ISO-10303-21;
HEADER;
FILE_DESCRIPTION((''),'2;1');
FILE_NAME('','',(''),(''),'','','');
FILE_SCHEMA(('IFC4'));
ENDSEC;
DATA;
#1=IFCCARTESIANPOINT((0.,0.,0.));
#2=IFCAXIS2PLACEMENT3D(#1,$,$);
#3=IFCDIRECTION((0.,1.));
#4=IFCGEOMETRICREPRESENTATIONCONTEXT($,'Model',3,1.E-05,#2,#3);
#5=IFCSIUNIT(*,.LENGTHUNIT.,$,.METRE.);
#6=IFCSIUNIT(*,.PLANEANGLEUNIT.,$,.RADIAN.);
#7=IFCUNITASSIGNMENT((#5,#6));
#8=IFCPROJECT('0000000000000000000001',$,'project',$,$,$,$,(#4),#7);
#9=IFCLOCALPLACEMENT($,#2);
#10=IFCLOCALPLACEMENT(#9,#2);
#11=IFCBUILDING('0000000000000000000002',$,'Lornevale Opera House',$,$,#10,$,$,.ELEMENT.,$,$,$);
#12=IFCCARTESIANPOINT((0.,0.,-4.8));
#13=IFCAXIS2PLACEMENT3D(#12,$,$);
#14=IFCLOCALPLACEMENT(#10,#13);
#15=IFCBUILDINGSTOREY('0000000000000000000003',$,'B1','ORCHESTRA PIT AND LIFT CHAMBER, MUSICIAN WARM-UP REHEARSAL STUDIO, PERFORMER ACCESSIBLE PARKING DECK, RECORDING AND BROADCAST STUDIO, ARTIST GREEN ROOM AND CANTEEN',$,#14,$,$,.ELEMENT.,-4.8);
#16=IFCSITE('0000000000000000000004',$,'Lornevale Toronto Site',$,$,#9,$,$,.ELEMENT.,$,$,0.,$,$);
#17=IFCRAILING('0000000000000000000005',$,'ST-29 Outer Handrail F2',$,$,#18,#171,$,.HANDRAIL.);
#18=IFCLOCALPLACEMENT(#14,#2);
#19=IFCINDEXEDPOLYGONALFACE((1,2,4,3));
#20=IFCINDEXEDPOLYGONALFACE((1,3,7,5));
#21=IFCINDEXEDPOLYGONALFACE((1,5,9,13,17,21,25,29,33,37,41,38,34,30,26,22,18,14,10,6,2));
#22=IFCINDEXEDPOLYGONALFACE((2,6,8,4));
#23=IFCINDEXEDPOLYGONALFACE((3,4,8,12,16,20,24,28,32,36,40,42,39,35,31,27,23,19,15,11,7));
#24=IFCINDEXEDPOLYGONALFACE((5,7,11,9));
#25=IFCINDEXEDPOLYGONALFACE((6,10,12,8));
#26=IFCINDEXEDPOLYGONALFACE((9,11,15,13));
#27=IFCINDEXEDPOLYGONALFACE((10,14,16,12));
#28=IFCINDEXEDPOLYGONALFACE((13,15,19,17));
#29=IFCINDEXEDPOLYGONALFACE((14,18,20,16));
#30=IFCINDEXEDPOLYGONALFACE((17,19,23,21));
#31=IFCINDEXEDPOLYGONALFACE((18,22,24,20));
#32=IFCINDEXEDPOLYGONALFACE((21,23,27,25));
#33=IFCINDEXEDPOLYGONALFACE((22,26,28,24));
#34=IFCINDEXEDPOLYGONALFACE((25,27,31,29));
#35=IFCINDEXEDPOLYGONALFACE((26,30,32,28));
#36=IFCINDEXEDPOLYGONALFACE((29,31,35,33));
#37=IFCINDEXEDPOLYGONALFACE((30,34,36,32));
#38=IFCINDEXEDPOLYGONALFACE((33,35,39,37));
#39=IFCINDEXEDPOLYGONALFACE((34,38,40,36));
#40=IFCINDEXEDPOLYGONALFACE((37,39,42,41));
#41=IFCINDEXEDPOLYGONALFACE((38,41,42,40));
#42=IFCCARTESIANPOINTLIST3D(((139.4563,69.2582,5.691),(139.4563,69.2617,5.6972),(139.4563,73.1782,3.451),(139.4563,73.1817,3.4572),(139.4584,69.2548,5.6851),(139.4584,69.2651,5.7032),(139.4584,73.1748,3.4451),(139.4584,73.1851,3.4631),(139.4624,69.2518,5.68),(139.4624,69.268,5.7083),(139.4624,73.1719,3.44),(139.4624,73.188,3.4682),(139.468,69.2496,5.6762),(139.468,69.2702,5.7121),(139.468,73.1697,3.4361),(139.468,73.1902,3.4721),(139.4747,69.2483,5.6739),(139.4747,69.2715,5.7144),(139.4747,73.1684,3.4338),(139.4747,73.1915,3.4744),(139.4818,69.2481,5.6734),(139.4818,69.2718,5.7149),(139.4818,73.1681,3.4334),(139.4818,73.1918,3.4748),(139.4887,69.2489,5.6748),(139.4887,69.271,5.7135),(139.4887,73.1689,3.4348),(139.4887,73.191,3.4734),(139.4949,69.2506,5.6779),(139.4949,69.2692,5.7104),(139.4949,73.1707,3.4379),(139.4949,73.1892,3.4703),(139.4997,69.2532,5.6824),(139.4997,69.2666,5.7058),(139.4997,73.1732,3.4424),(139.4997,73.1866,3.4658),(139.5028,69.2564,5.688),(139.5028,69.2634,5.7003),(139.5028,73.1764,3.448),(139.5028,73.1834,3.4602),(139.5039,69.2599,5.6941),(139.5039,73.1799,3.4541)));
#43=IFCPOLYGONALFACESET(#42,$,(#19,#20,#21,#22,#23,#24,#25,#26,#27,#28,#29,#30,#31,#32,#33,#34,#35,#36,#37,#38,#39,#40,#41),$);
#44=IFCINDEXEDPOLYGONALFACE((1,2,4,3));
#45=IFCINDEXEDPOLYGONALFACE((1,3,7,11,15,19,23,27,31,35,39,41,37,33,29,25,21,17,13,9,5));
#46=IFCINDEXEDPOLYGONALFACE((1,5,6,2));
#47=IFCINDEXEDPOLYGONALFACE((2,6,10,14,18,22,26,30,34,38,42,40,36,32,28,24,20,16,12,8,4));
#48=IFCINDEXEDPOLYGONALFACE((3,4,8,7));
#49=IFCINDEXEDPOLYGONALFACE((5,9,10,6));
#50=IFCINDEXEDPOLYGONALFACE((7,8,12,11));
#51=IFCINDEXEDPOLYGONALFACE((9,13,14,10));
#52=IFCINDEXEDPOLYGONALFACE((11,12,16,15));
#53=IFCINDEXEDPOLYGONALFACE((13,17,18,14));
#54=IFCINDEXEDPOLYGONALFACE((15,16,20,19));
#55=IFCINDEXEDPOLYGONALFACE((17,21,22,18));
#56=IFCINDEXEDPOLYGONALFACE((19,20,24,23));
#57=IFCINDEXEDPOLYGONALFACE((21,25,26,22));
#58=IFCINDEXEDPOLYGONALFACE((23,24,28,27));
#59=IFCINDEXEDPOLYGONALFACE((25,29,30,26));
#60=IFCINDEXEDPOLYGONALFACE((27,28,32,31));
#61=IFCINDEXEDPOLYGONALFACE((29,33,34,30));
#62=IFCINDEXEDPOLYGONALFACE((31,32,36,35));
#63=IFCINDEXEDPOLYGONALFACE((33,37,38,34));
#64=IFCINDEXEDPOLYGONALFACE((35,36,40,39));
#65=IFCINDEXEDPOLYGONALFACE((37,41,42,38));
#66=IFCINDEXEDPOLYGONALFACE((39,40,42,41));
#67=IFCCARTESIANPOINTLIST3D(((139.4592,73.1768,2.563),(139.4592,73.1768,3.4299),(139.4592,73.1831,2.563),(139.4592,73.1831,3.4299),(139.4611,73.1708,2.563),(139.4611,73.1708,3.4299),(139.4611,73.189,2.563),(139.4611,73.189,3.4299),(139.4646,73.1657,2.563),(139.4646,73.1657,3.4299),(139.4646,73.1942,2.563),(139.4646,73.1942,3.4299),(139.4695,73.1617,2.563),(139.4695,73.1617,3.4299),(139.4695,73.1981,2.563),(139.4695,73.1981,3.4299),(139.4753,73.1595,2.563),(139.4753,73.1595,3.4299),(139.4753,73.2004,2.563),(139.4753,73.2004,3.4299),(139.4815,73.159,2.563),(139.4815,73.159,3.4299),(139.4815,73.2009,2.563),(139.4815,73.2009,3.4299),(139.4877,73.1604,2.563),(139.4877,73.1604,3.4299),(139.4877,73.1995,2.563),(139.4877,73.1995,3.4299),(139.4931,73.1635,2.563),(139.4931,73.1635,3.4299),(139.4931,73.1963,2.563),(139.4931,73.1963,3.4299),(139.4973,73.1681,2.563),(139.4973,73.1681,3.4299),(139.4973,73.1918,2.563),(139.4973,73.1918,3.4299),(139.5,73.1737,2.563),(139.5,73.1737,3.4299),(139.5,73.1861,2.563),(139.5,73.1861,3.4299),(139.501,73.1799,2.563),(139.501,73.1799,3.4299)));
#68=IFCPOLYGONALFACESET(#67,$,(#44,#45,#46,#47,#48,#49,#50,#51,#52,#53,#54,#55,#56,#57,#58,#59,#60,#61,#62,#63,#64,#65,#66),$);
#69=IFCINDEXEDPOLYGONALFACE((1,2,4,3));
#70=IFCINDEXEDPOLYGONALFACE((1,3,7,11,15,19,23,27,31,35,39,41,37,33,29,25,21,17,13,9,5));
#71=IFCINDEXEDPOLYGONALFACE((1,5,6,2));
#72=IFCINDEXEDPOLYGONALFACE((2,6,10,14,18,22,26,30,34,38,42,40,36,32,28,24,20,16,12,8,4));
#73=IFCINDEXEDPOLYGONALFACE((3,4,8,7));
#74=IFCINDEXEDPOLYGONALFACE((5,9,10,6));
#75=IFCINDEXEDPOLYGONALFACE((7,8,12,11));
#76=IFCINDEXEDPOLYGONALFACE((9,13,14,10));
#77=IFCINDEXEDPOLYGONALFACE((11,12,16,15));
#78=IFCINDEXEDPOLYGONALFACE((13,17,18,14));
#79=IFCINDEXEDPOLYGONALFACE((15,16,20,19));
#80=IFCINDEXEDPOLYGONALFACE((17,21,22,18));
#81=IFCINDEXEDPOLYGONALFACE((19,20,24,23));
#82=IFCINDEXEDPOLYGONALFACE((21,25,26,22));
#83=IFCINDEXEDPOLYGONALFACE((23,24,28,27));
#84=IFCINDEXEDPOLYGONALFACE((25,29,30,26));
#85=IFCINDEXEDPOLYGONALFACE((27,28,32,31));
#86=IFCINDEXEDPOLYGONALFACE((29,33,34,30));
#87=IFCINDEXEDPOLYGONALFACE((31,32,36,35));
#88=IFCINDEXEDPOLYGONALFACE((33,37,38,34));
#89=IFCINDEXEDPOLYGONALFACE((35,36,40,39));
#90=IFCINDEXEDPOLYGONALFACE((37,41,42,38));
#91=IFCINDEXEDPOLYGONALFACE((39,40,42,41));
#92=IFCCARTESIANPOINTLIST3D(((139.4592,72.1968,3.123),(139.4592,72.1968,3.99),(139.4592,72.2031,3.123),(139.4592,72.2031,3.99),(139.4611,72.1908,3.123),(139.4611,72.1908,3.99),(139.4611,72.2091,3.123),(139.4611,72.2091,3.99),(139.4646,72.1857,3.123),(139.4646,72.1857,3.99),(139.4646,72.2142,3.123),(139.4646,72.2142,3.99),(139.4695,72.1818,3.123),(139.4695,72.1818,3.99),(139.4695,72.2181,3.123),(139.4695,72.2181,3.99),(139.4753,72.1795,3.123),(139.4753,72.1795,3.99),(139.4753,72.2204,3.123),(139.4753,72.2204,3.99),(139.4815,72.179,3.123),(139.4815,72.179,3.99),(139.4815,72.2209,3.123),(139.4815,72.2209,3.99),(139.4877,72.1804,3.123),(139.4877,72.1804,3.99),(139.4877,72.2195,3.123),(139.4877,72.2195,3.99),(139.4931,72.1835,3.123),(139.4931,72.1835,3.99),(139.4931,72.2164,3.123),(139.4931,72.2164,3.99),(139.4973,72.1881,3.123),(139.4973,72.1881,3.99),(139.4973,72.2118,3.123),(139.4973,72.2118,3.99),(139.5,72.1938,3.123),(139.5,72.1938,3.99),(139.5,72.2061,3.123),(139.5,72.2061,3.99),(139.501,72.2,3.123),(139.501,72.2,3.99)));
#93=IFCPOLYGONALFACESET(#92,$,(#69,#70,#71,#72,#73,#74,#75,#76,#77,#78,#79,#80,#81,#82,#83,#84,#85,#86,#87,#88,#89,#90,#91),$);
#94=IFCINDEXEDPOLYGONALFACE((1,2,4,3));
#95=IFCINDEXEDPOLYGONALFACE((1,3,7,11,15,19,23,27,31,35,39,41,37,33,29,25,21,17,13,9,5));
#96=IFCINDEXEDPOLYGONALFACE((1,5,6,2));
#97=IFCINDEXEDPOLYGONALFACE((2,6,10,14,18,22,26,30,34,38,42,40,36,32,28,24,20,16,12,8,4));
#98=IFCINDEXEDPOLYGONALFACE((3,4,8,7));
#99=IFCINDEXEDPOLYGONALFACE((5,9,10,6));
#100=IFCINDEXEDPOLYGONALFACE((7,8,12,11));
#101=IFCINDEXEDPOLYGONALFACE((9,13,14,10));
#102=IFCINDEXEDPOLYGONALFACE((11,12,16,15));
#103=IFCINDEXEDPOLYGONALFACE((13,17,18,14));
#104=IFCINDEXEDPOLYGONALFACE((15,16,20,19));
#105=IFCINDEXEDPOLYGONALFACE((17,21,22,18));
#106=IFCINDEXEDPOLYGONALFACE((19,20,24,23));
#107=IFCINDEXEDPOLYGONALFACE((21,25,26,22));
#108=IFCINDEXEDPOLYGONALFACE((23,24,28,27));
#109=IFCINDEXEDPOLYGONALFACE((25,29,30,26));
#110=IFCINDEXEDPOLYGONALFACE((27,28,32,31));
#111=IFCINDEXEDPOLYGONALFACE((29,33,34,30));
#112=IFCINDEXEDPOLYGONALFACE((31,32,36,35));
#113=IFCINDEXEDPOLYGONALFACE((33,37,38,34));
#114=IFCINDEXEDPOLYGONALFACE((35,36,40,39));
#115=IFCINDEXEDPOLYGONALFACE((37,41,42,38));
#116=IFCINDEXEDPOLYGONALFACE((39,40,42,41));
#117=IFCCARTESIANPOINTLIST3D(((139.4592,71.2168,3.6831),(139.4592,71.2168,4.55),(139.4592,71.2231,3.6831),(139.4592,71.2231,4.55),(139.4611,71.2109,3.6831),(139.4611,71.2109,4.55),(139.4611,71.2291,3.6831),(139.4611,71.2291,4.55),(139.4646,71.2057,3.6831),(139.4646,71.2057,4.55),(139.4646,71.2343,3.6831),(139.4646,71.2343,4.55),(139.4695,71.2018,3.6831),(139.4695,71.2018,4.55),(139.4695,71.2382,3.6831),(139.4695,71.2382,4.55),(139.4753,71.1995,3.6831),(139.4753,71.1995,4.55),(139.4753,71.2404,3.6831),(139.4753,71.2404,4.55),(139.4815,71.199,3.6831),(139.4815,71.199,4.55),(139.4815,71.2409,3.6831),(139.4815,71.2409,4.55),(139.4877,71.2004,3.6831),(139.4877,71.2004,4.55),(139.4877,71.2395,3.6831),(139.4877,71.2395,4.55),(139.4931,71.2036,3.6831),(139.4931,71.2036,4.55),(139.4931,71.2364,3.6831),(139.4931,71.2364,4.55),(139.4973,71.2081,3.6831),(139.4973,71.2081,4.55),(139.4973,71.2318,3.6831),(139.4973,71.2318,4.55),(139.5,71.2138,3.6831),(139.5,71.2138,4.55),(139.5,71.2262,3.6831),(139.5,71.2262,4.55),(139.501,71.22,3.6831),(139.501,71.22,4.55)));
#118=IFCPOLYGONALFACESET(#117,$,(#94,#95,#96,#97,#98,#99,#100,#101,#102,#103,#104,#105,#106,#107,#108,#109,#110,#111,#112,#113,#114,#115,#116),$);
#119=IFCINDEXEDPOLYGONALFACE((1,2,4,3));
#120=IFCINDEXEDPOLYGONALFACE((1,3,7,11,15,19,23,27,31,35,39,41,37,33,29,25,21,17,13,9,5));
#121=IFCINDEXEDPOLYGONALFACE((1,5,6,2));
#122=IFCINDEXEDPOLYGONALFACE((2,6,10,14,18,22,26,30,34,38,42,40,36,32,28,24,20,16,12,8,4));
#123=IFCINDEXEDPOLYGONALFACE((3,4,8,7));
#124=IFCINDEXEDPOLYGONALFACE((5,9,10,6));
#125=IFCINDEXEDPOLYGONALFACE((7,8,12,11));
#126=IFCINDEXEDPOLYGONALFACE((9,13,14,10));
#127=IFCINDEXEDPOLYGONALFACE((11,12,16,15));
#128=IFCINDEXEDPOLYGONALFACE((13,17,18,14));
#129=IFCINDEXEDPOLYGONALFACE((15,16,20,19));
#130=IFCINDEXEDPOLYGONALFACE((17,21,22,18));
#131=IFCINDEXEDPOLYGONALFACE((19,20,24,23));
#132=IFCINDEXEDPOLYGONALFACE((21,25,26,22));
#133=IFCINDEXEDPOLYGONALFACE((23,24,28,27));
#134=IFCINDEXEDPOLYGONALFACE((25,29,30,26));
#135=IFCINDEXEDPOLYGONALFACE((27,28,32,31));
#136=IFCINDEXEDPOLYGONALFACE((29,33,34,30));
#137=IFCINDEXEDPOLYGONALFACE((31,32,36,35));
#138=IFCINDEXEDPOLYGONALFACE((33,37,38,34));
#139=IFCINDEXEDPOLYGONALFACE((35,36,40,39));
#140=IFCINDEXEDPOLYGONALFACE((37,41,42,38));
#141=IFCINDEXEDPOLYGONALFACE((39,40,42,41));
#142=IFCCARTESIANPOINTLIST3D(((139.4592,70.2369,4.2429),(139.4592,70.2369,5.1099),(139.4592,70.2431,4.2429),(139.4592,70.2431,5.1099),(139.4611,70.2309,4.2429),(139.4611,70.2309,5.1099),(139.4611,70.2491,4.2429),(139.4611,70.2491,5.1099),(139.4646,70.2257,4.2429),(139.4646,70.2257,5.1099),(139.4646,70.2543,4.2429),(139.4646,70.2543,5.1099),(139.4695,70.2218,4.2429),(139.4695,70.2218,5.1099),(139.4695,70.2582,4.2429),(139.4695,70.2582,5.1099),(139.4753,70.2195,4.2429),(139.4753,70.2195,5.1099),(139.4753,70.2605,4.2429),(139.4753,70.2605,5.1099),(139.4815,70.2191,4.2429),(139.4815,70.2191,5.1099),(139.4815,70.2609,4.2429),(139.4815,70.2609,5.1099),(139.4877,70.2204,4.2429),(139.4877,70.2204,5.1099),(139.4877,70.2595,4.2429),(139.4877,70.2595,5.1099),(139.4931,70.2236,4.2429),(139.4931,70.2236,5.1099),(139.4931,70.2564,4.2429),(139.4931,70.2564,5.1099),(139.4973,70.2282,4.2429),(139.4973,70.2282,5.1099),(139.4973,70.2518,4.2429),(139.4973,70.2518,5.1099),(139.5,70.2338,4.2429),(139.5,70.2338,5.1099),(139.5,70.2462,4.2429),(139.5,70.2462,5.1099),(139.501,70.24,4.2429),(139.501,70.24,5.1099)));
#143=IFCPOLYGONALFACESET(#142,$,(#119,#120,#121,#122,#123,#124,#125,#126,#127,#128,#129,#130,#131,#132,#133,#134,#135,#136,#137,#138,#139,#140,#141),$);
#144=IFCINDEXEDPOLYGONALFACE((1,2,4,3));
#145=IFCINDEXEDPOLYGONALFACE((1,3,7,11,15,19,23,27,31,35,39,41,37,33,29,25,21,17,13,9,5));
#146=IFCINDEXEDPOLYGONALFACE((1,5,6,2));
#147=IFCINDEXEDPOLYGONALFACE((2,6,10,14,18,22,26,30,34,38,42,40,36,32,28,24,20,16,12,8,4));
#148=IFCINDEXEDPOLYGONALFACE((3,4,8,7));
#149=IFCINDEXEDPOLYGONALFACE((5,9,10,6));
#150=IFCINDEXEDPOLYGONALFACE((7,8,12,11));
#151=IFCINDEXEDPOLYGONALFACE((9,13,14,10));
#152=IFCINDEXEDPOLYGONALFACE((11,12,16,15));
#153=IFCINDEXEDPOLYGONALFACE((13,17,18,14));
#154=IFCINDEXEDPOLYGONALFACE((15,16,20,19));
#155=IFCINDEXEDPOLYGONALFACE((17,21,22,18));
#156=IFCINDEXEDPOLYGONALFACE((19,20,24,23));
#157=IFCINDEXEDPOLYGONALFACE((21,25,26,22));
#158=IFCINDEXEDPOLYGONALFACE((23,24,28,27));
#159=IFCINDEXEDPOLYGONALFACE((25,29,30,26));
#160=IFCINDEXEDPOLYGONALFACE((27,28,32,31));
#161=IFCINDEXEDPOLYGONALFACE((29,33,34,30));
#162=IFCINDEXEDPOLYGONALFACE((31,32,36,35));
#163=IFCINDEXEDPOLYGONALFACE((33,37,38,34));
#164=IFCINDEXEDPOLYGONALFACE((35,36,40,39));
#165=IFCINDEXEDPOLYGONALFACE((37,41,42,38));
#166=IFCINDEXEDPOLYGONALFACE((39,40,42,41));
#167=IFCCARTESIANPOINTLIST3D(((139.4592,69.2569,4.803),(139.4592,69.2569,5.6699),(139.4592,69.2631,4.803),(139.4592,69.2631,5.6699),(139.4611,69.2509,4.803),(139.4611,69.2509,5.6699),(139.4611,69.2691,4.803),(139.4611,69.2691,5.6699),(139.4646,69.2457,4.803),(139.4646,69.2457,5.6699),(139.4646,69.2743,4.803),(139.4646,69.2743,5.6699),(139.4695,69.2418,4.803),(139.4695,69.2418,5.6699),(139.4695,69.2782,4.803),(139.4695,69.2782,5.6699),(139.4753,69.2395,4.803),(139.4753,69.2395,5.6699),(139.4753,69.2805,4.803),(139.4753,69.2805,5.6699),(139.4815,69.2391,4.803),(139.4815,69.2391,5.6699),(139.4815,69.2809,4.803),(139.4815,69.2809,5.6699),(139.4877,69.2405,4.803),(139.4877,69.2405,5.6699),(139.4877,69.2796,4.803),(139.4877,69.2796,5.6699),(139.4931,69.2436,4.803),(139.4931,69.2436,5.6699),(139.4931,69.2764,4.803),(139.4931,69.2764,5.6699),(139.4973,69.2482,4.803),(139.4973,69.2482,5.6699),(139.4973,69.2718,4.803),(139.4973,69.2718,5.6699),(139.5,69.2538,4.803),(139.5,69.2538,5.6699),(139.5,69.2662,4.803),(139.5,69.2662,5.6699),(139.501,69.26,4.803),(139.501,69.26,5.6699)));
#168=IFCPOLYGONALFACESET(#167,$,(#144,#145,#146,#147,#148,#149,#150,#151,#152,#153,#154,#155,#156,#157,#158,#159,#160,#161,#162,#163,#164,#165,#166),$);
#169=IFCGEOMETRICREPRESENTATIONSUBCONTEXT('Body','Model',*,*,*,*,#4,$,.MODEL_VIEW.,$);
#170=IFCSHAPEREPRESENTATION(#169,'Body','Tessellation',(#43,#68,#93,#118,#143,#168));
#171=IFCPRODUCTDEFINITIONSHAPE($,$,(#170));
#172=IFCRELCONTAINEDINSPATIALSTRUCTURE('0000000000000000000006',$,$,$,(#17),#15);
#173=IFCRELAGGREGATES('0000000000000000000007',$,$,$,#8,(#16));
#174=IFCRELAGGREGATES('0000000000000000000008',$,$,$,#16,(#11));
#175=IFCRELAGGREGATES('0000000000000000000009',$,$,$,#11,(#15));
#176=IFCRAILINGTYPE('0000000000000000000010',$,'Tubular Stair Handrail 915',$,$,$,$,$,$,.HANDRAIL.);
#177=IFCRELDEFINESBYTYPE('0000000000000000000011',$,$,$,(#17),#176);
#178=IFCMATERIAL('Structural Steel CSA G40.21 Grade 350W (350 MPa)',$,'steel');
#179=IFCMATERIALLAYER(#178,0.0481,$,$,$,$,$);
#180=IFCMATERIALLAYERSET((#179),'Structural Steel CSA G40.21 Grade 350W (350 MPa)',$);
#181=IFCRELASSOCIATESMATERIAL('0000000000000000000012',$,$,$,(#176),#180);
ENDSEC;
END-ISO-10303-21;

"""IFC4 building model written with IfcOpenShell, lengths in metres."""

from ifc_helpers import new_model, si_unit, direction, frame, origin, origin_2d, place, context, subcontext, project, spatial, circle, extrude, material, layer, layer_set, type_object, element, save


model = new_model("IFC4")

# Units and contexts
model_context = context("Model", 3, precision=1e-05, world=origin(), true_north=direction((0.0, 1.0)))
body_context = subcontext(model_context, "Body", "Model", "MODEL_VIEW")
ifc_project = project(units=[si_unit("LENGTHUNIT", "METRE"), si_unit("PLANEANGLEUNIT", "RADIAN")], contexts=[model_context])

# Site, building, storey
site_placement = place(None, origin())
site = spatial("IfcSite", under=ifc_project, at=site_placement, Name="Lornevale Toronto Site", CompositionType="ELEMENT", RefElevation=0.0)
building_placement = place(site_placement, origin())
building = spatial("IfcBuilding", under=site, at=building_placement, Name="Lornevale Opera House", CompositionType="ELEMENT")
storey_placement = place(building_placement, frame((0.0, 0.0, -4.8)))
storey = spatial("IfcBuildingStorey", under=building, at=storey_placement, Name="B1", Description="ORCHESTRA PIT AND LIFT CHAMBER, MUSICIAN WARM-UP REHEARSAL STUDIO, PERFORMER ACCESSIBLE PARKING DECK, RECORDING AND BROADCAST STUDIO, ARTIST GREEN ROOM AND CANTEEN", CompositionType="ELEMENT", Elevation=-4.8)

# Railing
ifc_material_1 = material(Name="Structural Steel CSA G40.21 Grade 350W (350 MPa)", Category="steel")
ifc_layer_1 = layer(ifc_material_1, 0.0481)
ifc_layer_set_1 = layer_set([ifc_layer_1], Name="Structural Steel CSA G40.21 Grade 350W (350 MPa)")
railing_type_1 = type_object("IfcRailingType", Name="Tubular Stair Handrail 915", PredefinedType="HANDRAIL", material=ifc_layer_set_1)
railing_1_placement = place(storey_placement, frame((139.48, 73.1799, 2.563)))
element("IfcRailing", 1, at=railing_1_placement, inside=storey, type_object=railing_type_1, Name="ST-29 Outer Handrail F2", PredefinedType="HANDRAIL", context=body_context, shape_type="SweptSolid", body=[
    extrude(circle(Radius=0.0239, at=origin_2d()), frame((0.0, 0.0, 0.8911), z_axis=(0.0, -0.86824, 0.496145), x_axis=(1.0, 0.0, 0.0)), (0.0, 0.0, 1.0), 4.5149),
    extrude(circle(Radius=0.021, at=origin_2d()), origin(), (0.0, 0.0, 1.0), 0.8669),
    extrude(circle(Radius=0.021, at=origin_2d()), frame((0.0, -0.98, 0.5601)), (0.0, 0.0, 1.0), 0.8669),
    extrude(circle(Radius=0.021, at=origin_2d()), frame((0.0, -1.96, 1.1201)), (0.0, 0.0, 1.0), 0.8669),
    extrude(circle(Radius=0.021, at=origin_2d()), frame((0.0, -2.9399, 1.6799)), (0.0, 0.0, 1.0), 0.8669),
    extrude(circle(Radius=0.021, at=origin_2d()), frame((0.0, -3.9199, 2.24)), (0.0, 0.0, 1.0), 0.8669),
])

save(model, "model.ifc")
